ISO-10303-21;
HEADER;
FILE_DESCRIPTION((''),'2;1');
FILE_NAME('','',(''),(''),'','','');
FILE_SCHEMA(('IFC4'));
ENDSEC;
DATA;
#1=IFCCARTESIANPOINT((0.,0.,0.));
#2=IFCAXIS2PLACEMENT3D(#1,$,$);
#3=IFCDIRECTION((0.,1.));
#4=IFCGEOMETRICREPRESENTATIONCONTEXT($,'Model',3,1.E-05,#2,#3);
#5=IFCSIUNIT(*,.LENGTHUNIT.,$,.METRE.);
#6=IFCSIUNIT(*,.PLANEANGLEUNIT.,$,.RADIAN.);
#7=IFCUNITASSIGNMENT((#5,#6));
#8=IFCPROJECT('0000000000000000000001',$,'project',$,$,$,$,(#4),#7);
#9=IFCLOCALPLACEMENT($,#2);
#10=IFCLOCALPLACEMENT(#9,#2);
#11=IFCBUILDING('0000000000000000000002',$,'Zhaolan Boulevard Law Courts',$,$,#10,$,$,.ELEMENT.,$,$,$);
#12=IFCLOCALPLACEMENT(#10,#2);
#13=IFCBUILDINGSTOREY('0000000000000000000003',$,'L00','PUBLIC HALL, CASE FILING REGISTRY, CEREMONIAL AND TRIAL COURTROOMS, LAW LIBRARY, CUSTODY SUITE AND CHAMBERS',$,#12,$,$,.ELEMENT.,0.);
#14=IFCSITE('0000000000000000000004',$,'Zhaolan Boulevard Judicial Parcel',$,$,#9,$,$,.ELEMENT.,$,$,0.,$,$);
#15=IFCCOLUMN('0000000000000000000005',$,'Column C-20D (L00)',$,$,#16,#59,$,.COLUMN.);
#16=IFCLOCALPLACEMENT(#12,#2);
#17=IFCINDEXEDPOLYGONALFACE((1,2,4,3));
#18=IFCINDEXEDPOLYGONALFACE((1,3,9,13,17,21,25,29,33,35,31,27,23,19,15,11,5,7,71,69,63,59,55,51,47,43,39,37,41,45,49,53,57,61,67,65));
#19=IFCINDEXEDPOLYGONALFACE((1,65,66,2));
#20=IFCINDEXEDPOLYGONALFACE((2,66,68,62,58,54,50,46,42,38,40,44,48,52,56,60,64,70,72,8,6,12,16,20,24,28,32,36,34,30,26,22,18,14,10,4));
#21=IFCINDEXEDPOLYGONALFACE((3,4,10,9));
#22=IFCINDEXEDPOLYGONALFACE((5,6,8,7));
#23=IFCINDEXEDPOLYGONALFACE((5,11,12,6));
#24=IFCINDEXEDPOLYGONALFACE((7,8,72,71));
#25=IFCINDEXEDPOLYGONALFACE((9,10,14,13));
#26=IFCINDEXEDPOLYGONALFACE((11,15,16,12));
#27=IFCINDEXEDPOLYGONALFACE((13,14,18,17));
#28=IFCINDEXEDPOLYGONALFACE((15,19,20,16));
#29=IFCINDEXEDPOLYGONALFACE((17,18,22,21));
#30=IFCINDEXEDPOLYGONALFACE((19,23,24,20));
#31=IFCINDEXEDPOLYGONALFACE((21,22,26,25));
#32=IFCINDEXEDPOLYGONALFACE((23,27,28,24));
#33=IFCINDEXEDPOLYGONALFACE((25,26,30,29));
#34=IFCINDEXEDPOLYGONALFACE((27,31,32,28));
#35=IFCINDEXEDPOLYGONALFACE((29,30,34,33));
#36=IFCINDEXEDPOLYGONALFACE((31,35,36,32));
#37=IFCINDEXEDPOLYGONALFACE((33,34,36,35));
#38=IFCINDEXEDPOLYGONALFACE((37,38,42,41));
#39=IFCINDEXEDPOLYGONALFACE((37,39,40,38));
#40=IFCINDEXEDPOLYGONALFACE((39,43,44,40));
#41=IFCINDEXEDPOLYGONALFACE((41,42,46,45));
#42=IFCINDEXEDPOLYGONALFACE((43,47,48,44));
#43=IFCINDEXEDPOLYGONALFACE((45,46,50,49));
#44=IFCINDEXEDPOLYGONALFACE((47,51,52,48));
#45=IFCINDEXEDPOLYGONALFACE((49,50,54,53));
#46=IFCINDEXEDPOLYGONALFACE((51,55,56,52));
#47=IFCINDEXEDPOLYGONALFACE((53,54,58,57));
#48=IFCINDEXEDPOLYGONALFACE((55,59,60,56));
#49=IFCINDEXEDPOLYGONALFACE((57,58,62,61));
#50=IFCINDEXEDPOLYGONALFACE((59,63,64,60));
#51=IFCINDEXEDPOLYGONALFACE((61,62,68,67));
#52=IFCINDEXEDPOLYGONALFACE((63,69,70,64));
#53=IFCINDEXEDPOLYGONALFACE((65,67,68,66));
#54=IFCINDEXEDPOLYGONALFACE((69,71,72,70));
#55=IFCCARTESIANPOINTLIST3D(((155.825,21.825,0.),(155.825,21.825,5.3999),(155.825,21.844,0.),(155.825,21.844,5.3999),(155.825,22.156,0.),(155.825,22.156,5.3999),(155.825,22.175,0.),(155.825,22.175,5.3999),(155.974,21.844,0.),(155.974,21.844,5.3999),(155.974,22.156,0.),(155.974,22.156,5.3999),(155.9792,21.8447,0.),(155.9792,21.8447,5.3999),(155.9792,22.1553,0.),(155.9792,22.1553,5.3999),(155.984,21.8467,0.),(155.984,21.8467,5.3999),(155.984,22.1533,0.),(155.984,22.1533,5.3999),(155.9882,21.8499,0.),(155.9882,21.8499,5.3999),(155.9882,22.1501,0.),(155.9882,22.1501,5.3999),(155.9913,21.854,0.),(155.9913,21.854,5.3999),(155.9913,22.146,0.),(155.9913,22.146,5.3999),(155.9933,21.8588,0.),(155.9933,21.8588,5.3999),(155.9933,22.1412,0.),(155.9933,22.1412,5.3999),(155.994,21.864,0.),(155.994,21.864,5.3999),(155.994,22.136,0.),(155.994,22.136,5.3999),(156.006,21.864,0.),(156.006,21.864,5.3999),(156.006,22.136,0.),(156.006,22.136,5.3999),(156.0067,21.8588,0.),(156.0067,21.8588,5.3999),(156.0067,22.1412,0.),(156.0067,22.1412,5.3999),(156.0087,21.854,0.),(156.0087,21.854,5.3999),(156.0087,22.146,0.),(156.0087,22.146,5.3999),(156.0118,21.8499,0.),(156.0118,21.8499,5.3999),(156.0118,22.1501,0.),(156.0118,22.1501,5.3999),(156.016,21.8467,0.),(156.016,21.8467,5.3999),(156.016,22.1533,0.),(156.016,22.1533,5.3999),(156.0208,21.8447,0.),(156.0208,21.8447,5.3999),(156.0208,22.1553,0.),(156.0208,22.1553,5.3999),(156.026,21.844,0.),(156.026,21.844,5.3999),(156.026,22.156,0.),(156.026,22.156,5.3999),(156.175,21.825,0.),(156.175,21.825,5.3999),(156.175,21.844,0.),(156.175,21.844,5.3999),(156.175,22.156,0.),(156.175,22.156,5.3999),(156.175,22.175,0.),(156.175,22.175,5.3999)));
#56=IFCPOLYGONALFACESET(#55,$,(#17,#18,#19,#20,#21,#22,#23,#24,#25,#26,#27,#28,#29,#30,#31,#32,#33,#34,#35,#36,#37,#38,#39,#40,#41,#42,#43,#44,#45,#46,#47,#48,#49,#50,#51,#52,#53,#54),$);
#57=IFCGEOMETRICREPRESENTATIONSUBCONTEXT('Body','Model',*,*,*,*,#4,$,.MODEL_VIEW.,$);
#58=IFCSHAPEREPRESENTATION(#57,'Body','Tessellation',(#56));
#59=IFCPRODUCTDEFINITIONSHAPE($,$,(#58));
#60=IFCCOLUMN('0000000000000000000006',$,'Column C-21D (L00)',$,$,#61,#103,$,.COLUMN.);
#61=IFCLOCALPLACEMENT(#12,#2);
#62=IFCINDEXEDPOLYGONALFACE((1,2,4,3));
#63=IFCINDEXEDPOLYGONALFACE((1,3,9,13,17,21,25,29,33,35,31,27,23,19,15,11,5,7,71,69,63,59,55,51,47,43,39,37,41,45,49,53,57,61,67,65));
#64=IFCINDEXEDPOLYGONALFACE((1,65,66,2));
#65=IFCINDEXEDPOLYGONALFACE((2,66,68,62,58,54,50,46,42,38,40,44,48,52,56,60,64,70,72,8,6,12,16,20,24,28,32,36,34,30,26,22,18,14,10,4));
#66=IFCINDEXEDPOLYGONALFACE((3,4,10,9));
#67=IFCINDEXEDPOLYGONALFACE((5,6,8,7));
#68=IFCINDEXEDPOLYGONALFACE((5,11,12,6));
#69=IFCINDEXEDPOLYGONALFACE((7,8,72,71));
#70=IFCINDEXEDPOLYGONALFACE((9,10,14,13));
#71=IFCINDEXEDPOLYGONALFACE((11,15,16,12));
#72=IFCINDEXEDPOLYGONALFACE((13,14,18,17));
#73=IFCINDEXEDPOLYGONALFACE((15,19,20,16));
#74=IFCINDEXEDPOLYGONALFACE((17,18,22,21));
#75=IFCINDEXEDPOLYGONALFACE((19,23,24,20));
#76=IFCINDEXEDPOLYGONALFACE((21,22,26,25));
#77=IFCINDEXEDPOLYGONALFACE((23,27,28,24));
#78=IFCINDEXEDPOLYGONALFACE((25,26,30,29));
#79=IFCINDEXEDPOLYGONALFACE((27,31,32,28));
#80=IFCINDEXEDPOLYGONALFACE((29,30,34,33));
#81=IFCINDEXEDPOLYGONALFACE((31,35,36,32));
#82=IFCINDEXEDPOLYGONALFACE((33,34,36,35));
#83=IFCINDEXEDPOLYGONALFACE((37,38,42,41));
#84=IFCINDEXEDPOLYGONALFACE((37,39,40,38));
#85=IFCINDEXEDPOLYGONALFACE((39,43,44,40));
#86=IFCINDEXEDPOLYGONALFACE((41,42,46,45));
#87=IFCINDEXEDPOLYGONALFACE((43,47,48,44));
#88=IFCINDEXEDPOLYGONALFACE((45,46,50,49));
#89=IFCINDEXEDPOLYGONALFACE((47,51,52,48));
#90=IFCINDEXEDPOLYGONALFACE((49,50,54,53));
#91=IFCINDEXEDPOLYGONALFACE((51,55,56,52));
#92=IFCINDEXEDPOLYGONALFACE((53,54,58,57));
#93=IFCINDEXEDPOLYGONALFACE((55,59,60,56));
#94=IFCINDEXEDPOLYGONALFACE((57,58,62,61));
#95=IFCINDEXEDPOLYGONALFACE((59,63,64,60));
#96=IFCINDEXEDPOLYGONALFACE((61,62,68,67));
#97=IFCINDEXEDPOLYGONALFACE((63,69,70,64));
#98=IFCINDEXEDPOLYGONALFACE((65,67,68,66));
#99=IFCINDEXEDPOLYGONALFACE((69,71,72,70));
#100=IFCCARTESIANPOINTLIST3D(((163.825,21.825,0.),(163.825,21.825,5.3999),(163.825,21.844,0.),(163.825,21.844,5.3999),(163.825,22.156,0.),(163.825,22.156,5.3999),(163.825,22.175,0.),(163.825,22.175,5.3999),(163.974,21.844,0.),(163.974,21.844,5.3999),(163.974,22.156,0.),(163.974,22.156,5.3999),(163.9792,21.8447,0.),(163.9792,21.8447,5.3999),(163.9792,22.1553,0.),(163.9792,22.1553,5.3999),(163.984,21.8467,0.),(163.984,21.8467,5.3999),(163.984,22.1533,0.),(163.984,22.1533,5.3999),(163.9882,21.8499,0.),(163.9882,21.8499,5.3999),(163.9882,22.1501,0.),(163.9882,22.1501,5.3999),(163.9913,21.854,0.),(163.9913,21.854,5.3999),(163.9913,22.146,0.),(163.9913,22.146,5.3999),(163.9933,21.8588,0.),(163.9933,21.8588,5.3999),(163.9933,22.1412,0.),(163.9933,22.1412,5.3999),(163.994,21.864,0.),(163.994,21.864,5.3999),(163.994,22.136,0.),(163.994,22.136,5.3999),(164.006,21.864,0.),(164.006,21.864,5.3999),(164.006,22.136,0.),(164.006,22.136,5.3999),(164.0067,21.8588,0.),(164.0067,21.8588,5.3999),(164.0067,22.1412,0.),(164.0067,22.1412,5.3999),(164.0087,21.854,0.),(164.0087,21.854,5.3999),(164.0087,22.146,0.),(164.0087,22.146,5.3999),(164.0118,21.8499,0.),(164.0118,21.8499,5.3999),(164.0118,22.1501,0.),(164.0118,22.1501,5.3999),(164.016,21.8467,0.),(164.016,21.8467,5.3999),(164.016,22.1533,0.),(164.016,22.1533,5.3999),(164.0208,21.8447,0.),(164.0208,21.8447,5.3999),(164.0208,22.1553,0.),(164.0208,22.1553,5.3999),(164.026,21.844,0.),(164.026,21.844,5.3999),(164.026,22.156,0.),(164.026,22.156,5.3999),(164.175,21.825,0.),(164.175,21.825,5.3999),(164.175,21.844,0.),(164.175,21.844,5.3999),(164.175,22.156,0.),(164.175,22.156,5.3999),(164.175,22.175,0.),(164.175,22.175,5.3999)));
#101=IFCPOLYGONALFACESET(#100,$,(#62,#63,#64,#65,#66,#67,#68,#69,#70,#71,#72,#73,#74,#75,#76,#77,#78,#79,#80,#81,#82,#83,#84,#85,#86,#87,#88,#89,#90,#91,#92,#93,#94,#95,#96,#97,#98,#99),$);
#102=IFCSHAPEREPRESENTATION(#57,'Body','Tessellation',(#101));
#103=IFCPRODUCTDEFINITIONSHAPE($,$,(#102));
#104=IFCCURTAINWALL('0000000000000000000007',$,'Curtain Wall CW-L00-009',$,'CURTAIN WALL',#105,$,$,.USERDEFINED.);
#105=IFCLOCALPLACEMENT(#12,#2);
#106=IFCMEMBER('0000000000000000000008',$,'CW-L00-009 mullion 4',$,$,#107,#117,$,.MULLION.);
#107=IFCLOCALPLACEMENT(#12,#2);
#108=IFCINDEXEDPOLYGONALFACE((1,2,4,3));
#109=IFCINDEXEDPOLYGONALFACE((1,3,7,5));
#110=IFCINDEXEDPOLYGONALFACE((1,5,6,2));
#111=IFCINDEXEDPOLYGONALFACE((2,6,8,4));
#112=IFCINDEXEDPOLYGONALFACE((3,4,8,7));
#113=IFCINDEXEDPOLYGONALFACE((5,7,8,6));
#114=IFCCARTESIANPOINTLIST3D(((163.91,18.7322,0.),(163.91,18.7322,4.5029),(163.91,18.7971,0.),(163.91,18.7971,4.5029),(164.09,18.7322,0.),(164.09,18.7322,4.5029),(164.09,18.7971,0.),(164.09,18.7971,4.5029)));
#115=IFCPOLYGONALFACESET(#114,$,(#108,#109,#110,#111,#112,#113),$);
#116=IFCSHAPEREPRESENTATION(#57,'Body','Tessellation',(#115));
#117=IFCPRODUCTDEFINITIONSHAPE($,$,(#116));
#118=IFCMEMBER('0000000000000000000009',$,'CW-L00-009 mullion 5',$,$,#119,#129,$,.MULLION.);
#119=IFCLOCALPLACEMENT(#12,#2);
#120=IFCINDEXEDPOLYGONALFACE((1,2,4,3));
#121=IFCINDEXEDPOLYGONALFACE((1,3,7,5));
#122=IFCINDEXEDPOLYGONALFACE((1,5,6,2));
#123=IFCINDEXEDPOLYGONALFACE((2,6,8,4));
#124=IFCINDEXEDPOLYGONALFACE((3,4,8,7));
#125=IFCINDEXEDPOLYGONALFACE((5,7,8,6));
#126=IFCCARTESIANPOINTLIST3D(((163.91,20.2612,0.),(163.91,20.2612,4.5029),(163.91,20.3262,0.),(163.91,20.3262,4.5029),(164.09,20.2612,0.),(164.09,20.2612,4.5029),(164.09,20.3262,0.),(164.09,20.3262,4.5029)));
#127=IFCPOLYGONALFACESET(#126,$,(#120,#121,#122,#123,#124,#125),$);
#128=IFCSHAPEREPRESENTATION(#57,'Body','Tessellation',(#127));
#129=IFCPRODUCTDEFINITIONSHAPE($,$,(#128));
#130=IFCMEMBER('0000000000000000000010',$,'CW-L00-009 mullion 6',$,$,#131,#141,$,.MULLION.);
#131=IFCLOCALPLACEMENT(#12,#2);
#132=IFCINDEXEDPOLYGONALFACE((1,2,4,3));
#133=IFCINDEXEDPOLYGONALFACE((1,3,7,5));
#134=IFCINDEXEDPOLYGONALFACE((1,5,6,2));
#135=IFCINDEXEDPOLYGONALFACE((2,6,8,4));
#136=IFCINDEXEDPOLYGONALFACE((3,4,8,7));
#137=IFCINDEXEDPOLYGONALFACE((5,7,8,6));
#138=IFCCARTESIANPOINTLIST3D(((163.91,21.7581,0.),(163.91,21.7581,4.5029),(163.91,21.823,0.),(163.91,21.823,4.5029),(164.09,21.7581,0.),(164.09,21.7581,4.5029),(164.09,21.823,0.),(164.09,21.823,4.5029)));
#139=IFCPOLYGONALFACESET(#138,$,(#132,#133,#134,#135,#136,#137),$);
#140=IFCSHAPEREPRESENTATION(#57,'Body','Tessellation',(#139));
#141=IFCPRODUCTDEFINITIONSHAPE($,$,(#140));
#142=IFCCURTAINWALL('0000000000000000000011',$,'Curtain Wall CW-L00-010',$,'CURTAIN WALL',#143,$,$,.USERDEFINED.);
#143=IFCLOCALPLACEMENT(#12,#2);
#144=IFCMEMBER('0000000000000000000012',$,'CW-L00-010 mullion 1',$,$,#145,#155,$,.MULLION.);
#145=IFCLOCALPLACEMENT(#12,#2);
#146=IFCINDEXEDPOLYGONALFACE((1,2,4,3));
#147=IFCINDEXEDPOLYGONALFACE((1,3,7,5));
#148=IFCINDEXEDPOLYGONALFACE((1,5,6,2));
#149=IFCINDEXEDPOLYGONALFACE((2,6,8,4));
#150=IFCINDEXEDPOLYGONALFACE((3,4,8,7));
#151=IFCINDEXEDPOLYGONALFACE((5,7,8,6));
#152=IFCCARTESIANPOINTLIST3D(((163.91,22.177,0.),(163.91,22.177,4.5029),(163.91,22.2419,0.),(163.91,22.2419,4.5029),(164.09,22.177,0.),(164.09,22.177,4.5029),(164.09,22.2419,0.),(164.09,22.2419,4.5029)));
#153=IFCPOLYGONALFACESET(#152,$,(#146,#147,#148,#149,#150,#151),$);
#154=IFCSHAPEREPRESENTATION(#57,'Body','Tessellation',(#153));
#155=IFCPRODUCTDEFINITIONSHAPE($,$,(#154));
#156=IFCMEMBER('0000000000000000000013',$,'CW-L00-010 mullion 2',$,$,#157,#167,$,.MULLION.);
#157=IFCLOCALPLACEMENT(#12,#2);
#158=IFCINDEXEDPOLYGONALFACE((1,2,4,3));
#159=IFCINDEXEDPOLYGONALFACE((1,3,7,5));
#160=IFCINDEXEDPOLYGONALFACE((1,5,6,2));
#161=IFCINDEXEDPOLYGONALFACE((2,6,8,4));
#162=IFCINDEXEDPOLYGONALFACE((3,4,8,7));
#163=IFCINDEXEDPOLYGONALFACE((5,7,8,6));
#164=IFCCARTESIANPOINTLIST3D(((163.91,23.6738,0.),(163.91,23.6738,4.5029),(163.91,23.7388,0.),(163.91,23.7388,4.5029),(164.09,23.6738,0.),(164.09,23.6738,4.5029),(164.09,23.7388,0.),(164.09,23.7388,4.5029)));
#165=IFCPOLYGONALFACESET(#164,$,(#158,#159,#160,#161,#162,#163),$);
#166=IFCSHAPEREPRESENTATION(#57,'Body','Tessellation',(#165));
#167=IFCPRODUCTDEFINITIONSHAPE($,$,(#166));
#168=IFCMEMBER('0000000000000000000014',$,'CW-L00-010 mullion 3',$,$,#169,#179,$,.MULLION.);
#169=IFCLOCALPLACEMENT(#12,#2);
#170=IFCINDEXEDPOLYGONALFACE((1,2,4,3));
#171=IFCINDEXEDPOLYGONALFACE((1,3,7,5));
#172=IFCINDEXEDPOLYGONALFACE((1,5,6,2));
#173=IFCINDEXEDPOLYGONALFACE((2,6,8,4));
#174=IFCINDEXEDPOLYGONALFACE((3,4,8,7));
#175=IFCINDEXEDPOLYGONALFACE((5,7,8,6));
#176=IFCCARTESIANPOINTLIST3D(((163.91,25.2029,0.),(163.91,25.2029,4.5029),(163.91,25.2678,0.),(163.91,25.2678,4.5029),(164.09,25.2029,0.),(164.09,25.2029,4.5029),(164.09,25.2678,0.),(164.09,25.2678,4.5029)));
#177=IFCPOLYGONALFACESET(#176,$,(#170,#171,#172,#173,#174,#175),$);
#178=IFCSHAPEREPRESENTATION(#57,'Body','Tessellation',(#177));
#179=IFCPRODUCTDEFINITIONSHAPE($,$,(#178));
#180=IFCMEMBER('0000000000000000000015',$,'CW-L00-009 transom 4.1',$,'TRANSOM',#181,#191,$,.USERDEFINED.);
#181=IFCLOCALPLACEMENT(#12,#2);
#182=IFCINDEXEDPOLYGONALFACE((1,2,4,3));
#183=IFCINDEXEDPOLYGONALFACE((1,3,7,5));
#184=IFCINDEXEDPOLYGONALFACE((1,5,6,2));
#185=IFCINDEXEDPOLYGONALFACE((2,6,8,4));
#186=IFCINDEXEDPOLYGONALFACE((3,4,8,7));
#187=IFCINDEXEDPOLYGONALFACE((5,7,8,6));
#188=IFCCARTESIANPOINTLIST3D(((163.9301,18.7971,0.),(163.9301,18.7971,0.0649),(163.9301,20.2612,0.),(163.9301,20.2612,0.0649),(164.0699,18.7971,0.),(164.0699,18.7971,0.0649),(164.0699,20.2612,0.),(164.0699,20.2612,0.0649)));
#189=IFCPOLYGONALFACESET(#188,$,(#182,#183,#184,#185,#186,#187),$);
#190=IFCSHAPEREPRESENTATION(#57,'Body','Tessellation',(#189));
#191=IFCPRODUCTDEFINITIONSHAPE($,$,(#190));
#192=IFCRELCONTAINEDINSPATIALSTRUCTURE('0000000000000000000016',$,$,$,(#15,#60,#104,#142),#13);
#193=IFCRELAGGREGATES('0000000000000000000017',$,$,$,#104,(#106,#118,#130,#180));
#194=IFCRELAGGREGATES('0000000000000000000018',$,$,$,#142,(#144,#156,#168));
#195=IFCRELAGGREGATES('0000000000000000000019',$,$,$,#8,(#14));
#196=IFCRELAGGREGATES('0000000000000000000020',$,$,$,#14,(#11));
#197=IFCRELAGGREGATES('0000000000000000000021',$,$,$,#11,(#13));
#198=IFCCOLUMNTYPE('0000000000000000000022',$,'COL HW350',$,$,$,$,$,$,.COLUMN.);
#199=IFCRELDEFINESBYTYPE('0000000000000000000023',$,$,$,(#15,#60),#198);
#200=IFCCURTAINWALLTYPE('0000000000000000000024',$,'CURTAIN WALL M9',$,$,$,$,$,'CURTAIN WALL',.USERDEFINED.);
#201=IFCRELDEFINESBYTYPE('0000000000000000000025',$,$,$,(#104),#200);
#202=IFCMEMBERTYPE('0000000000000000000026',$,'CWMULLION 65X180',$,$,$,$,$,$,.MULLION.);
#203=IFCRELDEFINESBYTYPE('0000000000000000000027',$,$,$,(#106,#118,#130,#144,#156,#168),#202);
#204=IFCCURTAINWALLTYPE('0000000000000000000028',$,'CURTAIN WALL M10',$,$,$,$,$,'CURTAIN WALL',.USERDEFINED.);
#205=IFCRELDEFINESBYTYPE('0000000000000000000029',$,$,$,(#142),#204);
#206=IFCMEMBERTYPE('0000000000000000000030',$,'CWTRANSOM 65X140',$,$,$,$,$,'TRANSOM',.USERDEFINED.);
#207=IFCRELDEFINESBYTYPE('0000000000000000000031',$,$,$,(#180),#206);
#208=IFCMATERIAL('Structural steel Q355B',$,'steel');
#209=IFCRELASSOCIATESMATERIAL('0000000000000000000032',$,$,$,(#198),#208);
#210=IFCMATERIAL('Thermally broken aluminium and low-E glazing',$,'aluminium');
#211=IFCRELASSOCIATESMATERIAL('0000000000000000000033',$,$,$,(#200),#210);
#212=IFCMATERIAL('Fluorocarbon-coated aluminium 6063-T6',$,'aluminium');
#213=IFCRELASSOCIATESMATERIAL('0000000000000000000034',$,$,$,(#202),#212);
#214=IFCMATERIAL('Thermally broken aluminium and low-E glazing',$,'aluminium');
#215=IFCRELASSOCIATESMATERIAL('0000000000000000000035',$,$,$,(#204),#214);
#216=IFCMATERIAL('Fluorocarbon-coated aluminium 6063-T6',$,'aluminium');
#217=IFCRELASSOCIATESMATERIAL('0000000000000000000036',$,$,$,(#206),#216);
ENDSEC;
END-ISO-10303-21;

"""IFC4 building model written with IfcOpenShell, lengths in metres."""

from ifc_helpers import new_model, si_unit, direction, frame, origin, origin_2d, place, context, subcontext, project, spatial, rectangle, i_section, extrude, material, material_profile, profile_set, type_object, element, aggregate, save


model = new_model("IFC4")

# Units and contexts
model_context = context("Model", 3, precision=1e-05, world=origin(), true_north=direction((0.0, 1.0)))
body_context = subcontext(model_context, "Body", "Model", "MODEL_VIEW")
ifc_project = project(units=[si_unit("LENGTHUNIT", "METRE"), si_unit("PLANEANGLEUNIT", "RADIAN")], contexts=[model_context])

# Site, building, storey
site_placement = place(None, origin())
site = spatial("IfcSite", under=ifc_project, at=site_placement, Name="Zhaolan Boulevard Judicial Parcel", CompositionType="ELEMENT", RefElevation=0.0)
building_placement = place(site_placement, origin())
building = spatial("IfcBuilding", under=site, at=building_placement, Name="Zhaolan Boulevard Law Courts", CompositionType="ELEMENT")
storey_placement = place(building_placement, origin())
storey = spatial("IfcBuildingStorey", under=building, at=storey_placement, Name="L00", Description="PUBLIC HALL, CASE FILING REGISTRY, CEREMONIAL AND TRIAL COURTROOMS, LAW LIBRARY, CUSTODY SUITE AND CHAMBERS", CompositionType="ELEMENT", Elevation=0.0)

# Columns
ifc_material_1 = material(Name="Structural steel Q355B", Category="steel")
ifc_material_profile_1 = material_profile(ifc_material_1, i_section(OverallWidth=0.3501, OverallDepth=0.3501, WebThickness=0.012, FlangeThickness=0.019, FilletRadius=0.02, at=origin_2d()), Name="HW350x350")
ifc_profile_set_1 = profile_set([ifc_material_profile_1], Name="Structural steel Q355B")
column_type = type_object("IfcColumnType", Name="COL HW350", PredefinedType="COLUMN", material=ifc_profile_set_1)
for number, where, z_axis, x_axis, name in (
    (1, (156.0, 22.0, 0.0), (0.0, 0.0, 1.0), (1.0, 0.0, 0.0), "Column C-20D (L00)"),
    (2, (164.0, 22.0, 0.0), (0.0, 0.0, 1.0), (1.0, 0.0, 0.0), "Column C-21D (L00)"),
):
    element("IfcColumn", number, at=place(storey_placement, frame(where, z_axis=z_axis, x_axis=x_axis)), inside=storey, type_object=column_type, Name=name, PredefinedType="COLUMN", context=body_context, shape_type="SweptSolid", body=[
        extrude(i_section(OverallWidth=0.3501, OverallDepth=0.3501, WebThickness=0.012, FlangeThickness=0.019, FilletRadius=0.02, at=origin_2d()), origin(), (0.0, 0.0, 1.0), 5.3999),
    ])

# Curtain walls, members
ifc_material_2 = material(Name="Thermally broken aluminium and low-E glazing", Category="aluminium")
curtain_wall_type_1 = type_object("IfcCurtainWallType", Name="CURTAIN WALL M9", ElementType="CURTAIN WALL", PredefinedType="USERDEFINED", material=ifc_material_2)
curtain_wall_1_placement = place(storey_placement, origin())
curtain_wall_1 = element("IfcCurtainWall", 3, at=curtain_wall_1_placement, inside=storey, type_object=curtain_wall_type_1, Name="Curtain Wall CW-L00-009", ObjectType="CURTAIN WALL", PredefinedType="USERDEFINED")
ifc_material_3 = material(Name="Fluorocarbon-coated aluminium 6063-T6", Category="aluminium")
ifc_material_profile_2 = material_profile(ifc_material_3, rectangle(XDim=0.1799, YDim=0.0649, at=origin_2d()), Name="AL65x180")
ifc_profile_set_2 = profile_set([ifc_material_profile_2], Name="Fluorocarbon-coated aluminium 6063-T6")
member_type_1 = type_object("IfcMemberType", Name="CWMULLION 65X180", PredefinedType="MULLION", material=ifc_profile_set_2)
member_1_placement = place(storey_placement, frame((164.0, 18.7646, 0.0), z_axis=(0.0, 0.0, 1.0), x_axis=(-1.0, 0.0, 0.0)))
member_1 = element("IfcMember", 4, at=member_1_placement, type_object=member_type_1, Name="CW-L00-009 mullion 4", PredefinedType="MULLION", context=body_context, shape_type="SweptSolid", body=[
    extrude(rectangle(XDim=0.1799, YDim=0.0649, at=origin_2d()), origin(), (0.0, 0.0, 1.0), 4.5029),
])
member_2_placement = place(storey_placement, frame((164.0, 20.2937, 0.0), z_axis=(0.0, 0.0, 1.0), x_axis=(-1.0, 0.0, 0.0)))
member_2 = element("IfcMember", 5, at=member_2_placement, type_object=member_type_1, Name="CW-L00-009 mullion 5", PredefinedType="MULLION", context=body_context, shape_type="SweptSolid", body=[
    extrude(rectangle(XDim=0.1799, YDim=0.0649, at=origin_2d()), origin(), (0.0, 0.0, 1.0), 4.5029),
])
member_3_placement = place(storey_placement, frame((164.0, 21.7905, 0.0), z_axis=(0.0, 0.0, 1.0), x_axis=(-1.0, 0.0, 0.0)))
member_3 = element("IfcMember", 6, at=member_3_placement, type_object=member_type_1, Name="CW-L00-009 mullion 6", PredefinedType="MULLION", context=body_context, shape_type="SweptSolid", body=[
    extrude(rectangle(XDim=0.1799, YDim=0.0649, at=origin_2d()), origin(), (0.0, 0.0, 1.0), 4.5029),
])
ifc_material_4 = material(Name="Thermally broken aluminium and low-E glazing", Category="aluminium")
curtain_wall_type_2 = type_object("IfcCurtainWallType", Name="CURTAIN WALL M10", ElementType="CURTAIN WALL", PredefinedType="USERDEFINED", material=ifc_material_4)
curtain_wall_2_placement = place(storey_placement, origin())
curtain_wall_2 = element("IfcCurtainWall", 7, at=curtain_wall_2_placement, inside=storey, type_object=curtain_wall_type_2, Name="Curtain Wall CW-L00-010", ObjectType="CURTAIN WALL", PredefinedType="USERDEFINED")
member_4_placement = place(storey_placement, frame((164.0, 22.2095, 0.0), z_axis=(0.0, 0.0, 1.0), x_axis=(-1.0, 0.0, 0.0)))
member_4 = element("IfcMember", 8, at=member_4_placement, type_object=member_type_1, Name="CW-L00-010 mullion 1", PredefinedType="MULLION", context=body_context, shape_type="SweptSolid", body=[
    extrude(rectangle(XDim=0.1799, YDim=0.0649, at=origin_2d()), origin(), (0.0, 0.0, 1.0), 4.5029),
])
member_5_placement = place(storey_placement, frame((164.0, 23.7063, 0.0), z_axis=(0.0, 0.0, 1.0), x_axis=(-1.0, 0.0, 0.0)))
member_5 = element("IfcMember", 9, at=member_5_placement, type_object=member_type_1, Name="CW-L00-010 mullion 2", PredefinedType="MULLION", context=body_context, shape_type="SweptSolid", body=[
    extrude(rectangle(XDim=0.1799, YDim=0.0649, at=origin_2d()), origin(), (0.0, 0.0, 1.0), 4.5029),
])
member_6_placement = place(storey_placement, frame((164.0, 25.2354, 0.0), z_axis=(0.0, 0.0, 1.0), x_axis=(-1.0, 0.0, 0.0)))
member_6 = element("IfcMember", 10, at=member_6_placement, type_object=member_type_1, Name="CW-L00-010 mullion 3", PredefinedType="MULLION", context=body_context, shape_type="SweptSolid", body=[
    extrude(rectangle(XDim=0.1799, YDim=0.0649, at=origin_2d()), origin(), (0.0, 0.0, 1.0), 4.5029),
])

# Member
ifc_material_5 = material(Name="Fluorocarbon-coated aluminium 6063-T6", Category="aluminium")
ifc_material_profile_3 = material_profile(ifc_material_5, rectangle(XDim=0.1399, YDim=0.0649, at=origin_2d()), Name="AL65x140")
ifc_profile_set_3 = profile_set([ifc_material_profile_3], Name="Fluorocarbon-coated aluminium 6063-T6")
member_type_2 = type_object("IfcMemberType", Name="CWTRANSOM 65X140", ElementType="TRANSOM", PredefinedType="USERDEFINED", material=ifc_profile_set_3)
member_7_placement = place(storey_placement, frame((164.0, 18.7971, 0.0325), z_axis=(0.0, 1.0, 0.0), x_axis=(-1.0, 0.0, 0.0)))
member_7 = element("IfcMember", 11, at=member_7_placement, type_object=member_type_2, Name="CW-L00-009 transom 4.1", ObjectType="TRANSOM", PredefinedType="USERDEFINED", context=body_context, shape_type="SweptSolid", body=[
    extrude(rectangle(XDim=0.1399, YDim=0.0649, at=origin_2d()), origin(), (0.0, 0.0, 1.0), 1.4641),
])

aggregate(curtain_wall_1, [member_1, member_2, member_3, member_7])
aggregate(curtain_wall_2, [member_4, member_5, member_6])

save(model, "model.ifc")
